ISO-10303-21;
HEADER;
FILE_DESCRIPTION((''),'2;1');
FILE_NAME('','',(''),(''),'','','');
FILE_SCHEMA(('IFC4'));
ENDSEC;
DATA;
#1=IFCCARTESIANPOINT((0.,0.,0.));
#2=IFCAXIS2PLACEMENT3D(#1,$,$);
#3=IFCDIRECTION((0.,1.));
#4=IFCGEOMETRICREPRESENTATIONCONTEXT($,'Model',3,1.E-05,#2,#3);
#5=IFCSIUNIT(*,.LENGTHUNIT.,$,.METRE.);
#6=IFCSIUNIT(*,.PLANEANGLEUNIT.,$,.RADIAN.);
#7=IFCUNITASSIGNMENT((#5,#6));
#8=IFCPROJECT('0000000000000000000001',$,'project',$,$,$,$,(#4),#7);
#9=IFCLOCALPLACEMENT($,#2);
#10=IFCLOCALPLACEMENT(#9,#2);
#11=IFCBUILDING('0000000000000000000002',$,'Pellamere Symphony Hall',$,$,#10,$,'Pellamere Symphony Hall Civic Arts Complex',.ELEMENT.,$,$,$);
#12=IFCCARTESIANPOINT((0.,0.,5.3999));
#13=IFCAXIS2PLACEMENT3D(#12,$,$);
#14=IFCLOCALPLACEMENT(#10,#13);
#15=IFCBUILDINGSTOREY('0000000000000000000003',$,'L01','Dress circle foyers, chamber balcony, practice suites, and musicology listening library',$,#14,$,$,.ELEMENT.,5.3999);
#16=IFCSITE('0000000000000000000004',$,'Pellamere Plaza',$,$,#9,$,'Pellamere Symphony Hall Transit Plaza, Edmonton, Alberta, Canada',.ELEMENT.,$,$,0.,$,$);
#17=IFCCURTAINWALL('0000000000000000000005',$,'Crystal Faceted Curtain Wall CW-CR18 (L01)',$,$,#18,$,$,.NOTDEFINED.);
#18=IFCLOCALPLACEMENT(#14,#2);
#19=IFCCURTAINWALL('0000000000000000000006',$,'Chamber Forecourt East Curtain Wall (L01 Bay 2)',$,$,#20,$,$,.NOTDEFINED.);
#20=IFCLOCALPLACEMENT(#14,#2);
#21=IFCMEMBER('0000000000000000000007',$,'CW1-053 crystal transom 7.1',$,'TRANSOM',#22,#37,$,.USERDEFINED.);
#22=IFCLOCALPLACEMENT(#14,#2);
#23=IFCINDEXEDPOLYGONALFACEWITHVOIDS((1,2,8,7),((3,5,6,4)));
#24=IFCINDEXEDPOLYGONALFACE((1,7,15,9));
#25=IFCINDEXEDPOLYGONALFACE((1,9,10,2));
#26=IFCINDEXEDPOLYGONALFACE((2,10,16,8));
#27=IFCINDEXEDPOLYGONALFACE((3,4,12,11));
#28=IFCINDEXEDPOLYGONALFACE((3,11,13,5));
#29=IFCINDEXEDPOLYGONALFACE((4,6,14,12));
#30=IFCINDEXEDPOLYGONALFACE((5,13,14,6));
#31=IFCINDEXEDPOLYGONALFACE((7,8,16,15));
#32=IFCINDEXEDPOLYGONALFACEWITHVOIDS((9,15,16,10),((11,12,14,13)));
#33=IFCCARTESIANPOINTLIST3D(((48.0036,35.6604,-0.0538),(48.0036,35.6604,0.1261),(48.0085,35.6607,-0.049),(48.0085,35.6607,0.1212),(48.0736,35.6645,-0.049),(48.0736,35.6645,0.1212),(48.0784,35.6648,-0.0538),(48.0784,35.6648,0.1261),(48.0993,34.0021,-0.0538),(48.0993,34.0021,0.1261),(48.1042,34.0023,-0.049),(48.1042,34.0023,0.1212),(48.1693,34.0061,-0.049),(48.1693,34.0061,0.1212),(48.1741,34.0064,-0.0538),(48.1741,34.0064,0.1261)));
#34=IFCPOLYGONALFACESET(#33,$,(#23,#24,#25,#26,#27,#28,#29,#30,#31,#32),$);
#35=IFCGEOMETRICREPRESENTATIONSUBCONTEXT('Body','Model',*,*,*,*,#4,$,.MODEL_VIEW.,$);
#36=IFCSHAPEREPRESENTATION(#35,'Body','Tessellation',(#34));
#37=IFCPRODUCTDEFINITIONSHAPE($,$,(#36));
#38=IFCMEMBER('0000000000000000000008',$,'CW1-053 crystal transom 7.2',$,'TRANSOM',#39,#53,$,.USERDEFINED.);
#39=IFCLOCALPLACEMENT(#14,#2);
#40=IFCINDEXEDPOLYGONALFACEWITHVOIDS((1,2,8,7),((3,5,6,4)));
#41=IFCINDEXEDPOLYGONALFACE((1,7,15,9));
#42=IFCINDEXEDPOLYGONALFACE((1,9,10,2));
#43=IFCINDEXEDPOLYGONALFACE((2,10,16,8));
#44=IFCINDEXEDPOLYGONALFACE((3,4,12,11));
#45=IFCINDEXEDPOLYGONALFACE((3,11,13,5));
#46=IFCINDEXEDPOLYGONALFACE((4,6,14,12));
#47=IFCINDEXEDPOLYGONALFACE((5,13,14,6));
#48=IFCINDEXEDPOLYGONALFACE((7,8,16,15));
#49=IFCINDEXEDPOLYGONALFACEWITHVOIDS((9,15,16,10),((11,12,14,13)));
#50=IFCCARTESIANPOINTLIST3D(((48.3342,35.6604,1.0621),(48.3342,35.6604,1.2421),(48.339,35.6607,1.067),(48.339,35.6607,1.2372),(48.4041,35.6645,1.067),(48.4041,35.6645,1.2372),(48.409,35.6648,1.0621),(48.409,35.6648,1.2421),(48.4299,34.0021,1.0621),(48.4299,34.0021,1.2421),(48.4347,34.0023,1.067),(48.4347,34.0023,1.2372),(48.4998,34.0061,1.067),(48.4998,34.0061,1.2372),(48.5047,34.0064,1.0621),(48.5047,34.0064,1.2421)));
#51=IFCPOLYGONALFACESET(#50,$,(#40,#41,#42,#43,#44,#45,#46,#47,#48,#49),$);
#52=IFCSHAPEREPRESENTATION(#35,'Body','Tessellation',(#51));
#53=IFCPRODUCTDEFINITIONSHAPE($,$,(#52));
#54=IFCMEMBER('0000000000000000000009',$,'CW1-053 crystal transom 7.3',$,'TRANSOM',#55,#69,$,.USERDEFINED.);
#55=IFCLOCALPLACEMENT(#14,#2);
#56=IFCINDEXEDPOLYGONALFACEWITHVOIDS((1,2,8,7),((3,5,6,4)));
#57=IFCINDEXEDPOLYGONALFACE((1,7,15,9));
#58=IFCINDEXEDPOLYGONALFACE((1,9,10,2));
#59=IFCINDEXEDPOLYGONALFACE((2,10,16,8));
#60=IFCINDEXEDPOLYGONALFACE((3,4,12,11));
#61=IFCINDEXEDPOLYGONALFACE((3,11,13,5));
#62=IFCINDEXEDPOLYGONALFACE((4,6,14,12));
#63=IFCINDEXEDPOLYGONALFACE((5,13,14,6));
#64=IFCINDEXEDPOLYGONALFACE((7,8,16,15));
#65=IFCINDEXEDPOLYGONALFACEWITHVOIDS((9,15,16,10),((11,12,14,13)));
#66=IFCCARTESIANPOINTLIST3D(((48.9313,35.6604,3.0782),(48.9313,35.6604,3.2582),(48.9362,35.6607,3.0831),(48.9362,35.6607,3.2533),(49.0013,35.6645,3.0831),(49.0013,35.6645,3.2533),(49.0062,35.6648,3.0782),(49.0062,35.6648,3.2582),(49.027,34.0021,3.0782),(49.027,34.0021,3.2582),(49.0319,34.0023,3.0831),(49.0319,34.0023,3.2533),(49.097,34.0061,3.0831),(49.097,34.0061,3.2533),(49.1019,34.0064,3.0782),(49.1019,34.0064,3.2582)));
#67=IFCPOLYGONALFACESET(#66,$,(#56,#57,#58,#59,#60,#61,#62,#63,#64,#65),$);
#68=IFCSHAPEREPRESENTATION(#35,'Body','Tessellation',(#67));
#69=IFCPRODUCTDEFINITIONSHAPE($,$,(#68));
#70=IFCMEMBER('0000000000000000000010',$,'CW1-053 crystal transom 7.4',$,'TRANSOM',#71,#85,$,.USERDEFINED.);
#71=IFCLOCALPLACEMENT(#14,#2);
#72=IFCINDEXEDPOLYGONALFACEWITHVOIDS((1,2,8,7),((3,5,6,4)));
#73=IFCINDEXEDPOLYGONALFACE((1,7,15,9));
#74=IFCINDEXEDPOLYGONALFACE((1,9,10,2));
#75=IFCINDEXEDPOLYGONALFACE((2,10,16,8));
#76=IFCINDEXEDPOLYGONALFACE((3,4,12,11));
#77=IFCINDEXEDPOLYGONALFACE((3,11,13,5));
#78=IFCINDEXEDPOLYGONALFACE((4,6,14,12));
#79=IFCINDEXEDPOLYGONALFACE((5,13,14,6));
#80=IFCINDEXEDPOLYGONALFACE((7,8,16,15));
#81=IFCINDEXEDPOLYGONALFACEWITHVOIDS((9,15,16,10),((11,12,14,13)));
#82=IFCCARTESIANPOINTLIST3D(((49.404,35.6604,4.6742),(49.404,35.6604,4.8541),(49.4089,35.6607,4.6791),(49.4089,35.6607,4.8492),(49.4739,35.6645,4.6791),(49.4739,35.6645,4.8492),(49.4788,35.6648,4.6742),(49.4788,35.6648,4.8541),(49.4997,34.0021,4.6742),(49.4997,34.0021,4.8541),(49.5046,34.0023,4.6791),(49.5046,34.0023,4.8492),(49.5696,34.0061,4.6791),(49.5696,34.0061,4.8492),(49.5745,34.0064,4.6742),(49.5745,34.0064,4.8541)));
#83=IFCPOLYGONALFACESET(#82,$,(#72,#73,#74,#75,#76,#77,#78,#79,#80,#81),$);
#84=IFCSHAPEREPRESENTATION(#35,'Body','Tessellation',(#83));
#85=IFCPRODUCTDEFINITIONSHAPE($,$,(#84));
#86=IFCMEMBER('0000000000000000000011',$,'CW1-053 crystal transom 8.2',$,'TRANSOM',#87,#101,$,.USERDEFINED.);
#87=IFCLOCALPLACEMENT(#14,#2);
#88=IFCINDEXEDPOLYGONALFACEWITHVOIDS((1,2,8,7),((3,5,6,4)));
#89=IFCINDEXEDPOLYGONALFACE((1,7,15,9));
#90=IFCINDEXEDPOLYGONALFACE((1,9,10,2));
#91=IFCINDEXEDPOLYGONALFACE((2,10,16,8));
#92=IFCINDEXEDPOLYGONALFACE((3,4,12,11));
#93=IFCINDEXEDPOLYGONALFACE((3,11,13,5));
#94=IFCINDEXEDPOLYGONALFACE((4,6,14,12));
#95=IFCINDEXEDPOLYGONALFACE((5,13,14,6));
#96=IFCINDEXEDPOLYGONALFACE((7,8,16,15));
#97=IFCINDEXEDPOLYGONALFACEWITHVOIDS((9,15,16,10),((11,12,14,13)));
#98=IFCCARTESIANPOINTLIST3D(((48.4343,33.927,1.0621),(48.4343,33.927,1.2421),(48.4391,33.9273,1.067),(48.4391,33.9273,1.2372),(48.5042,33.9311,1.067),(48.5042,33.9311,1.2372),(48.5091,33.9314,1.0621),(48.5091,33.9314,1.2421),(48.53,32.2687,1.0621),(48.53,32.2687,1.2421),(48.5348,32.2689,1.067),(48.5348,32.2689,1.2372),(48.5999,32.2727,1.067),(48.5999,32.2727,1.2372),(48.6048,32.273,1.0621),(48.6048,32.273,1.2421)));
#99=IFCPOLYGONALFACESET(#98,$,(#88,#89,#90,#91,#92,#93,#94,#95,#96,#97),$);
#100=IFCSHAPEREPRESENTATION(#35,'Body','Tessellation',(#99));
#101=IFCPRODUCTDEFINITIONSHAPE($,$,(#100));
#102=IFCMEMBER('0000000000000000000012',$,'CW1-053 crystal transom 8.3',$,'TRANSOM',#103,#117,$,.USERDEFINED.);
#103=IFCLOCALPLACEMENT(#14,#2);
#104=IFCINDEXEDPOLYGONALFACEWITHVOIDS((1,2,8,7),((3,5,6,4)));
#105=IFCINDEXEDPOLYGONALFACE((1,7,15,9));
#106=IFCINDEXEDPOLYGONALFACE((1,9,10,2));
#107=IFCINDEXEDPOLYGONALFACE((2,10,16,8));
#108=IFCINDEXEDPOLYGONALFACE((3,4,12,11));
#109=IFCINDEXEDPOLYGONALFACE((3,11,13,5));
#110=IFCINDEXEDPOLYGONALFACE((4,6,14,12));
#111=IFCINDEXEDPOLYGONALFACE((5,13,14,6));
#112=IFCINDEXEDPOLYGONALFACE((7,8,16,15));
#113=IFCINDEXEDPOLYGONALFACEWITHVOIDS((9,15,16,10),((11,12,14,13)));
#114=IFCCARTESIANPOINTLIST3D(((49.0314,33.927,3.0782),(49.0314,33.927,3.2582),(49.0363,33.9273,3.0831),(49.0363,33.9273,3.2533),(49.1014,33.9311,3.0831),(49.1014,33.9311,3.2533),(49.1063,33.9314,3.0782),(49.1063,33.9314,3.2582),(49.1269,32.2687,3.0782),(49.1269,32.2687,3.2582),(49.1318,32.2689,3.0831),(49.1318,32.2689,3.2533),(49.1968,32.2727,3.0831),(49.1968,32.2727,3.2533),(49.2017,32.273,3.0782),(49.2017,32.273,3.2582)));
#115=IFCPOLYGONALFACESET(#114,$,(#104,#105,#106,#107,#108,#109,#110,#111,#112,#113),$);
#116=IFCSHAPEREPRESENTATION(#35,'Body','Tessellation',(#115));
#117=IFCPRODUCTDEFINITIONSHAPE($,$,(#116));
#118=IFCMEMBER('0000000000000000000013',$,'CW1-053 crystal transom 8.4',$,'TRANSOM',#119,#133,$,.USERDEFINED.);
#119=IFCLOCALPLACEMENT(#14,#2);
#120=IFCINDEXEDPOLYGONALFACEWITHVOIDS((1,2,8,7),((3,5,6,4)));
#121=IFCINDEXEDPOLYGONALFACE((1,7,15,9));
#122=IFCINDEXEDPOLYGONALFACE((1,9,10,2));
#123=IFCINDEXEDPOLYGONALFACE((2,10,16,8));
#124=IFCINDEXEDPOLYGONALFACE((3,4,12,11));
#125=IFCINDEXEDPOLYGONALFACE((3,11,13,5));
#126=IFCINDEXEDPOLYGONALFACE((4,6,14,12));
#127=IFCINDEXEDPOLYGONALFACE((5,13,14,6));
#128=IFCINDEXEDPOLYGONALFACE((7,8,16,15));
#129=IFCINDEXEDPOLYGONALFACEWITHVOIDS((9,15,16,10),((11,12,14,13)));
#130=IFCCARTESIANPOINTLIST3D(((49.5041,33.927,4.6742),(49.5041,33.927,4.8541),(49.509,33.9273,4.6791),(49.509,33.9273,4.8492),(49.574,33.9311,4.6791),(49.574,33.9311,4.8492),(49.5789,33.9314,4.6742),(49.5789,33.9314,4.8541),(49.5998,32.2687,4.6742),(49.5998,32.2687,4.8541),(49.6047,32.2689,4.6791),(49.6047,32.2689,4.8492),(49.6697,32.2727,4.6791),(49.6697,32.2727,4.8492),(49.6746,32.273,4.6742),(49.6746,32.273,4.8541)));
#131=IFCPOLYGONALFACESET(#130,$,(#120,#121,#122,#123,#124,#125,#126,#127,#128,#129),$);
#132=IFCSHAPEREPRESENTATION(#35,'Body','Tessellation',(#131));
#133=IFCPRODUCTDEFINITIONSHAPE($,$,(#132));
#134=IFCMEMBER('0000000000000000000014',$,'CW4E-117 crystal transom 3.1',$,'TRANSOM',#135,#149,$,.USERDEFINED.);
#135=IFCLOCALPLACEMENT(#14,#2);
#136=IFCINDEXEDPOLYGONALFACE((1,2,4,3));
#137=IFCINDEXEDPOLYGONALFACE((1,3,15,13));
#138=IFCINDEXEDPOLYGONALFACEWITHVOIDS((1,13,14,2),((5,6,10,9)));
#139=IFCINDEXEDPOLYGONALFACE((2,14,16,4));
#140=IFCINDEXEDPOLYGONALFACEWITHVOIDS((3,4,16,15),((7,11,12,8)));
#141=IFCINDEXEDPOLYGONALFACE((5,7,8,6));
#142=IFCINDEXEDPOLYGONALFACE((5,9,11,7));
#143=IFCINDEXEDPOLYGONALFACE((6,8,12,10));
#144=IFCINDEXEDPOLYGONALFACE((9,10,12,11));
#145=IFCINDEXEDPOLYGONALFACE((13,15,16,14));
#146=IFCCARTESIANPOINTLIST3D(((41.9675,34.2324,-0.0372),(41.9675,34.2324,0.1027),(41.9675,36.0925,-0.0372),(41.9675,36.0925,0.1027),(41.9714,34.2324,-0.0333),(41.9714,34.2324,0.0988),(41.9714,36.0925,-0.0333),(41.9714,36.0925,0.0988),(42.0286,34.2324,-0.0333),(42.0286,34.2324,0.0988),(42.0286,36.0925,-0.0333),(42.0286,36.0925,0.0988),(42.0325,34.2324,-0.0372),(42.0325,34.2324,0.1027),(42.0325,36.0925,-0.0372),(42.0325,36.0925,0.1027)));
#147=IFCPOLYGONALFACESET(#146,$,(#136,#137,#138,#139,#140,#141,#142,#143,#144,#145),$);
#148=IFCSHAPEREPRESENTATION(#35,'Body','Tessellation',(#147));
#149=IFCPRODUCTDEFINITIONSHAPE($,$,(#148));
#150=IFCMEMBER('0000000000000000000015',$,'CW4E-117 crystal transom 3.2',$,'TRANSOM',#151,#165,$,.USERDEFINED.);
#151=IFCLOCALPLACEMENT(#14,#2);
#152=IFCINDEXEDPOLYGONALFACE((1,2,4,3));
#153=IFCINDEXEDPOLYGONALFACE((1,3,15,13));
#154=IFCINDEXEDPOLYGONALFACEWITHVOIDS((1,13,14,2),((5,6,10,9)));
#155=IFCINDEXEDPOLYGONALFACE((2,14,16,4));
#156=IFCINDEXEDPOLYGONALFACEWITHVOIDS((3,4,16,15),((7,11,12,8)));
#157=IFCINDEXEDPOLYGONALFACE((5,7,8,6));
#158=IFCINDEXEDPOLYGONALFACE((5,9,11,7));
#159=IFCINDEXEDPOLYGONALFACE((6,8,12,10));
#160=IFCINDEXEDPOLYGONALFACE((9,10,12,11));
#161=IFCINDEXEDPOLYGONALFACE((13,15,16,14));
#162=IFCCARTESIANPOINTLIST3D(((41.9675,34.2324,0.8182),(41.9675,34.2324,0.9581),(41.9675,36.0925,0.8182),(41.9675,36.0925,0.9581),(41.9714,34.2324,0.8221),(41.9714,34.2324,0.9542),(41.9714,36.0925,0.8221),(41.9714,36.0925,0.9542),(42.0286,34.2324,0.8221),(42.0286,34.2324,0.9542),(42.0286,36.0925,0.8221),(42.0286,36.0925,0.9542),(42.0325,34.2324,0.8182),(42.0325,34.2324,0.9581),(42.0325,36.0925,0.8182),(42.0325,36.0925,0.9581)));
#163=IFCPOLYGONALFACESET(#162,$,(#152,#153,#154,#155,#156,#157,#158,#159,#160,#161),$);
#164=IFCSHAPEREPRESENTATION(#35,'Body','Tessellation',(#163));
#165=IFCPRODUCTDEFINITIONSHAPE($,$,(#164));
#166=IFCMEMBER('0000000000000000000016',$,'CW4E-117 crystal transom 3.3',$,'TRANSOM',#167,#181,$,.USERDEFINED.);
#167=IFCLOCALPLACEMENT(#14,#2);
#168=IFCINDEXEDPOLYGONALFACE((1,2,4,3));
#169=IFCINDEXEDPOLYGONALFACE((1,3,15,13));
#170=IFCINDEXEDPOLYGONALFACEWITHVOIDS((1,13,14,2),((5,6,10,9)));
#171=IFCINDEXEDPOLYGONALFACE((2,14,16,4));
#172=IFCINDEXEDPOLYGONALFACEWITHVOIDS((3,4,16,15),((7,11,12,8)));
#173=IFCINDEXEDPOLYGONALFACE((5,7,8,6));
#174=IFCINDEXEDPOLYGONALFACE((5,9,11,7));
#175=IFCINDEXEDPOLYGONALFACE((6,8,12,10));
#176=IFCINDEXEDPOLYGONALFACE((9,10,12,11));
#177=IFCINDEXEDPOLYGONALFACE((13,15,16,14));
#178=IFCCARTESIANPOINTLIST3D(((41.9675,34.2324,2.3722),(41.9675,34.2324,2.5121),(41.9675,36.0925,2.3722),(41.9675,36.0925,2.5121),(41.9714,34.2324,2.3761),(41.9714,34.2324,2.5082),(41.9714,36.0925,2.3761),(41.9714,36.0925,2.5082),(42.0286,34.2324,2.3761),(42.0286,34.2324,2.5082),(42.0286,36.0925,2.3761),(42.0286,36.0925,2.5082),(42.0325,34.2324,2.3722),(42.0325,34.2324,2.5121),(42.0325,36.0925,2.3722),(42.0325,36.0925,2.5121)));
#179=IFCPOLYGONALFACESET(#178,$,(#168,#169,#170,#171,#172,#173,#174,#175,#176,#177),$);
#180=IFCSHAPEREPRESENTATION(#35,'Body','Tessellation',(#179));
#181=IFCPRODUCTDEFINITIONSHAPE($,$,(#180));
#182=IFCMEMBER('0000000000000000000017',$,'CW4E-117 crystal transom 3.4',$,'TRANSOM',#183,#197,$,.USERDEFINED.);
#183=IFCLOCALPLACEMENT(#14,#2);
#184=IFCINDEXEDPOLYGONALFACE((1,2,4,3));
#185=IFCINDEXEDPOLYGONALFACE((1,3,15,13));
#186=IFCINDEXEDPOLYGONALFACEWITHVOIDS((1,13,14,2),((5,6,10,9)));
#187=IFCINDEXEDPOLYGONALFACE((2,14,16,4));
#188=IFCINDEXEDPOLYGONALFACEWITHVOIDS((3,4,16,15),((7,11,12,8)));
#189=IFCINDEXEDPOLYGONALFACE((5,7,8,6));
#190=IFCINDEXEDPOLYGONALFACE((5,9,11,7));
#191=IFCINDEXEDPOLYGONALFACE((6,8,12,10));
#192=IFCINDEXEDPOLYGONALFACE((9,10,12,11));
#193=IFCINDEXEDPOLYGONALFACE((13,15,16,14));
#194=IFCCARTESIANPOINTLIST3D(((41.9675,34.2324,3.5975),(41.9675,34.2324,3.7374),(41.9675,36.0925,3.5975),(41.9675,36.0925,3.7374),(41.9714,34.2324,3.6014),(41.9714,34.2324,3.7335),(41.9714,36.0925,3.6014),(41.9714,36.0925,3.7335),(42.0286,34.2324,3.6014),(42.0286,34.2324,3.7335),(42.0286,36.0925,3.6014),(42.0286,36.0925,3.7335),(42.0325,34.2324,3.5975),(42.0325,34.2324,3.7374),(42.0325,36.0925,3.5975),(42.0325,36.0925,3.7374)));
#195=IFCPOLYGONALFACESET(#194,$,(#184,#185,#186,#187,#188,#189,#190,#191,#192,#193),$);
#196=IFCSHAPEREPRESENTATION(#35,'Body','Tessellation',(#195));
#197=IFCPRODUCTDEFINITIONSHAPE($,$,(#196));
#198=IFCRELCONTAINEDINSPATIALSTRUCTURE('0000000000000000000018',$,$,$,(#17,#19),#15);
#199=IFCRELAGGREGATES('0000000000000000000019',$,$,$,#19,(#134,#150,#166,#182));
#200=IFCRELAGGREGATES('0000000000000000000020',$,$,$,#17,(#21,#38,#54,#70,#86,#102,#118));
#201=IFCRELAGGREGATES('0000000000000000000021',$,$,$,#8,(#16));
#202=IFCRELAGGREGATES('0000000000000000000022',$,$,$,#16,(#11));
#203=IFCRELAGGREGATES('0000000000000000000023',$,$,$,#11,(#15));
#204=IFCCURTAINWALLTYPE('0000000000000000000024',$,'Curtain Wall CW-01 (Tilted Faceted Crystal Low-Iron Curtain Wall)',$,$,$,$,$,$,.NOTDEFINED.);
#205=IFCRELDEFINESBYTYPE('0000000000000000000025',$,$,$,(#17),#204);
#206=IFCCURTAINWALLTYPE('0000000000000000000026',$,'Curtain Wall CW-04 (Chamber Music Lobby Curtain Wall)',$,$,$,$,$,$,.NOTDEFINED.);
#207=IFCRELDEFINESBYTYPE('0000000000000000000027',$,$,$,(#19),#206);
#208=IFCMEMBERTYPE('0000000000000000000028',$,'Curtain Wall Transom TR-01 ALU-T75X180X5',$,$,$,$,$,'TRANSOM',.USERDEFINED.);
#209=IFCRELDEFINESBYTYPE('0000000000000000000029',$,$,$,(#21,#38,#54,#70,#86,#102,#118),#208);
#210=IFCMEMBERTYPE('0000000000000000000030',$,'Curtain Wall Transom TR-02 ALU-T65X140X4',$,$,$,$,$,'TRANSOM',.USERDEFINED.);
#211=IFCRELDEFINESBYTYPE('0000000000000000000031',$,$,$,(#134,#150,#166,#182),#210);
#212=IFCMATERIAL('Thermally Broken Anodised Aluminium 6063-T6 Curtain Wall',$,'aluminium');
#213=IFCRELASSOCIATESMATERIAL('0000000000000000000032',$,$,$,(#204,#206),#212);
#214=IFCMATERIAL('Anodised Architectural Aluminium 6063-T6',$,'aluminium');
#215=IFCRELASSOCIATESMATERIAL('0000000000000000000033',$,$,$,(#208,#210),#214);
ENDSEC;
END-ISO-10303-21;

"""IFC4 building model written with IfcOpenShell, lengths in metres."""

from ifc_helpers import new_model, si_unit, direction, frame, origin, origin_2d, place, context, subcontext, project, spatial, hollow_rectangle, extrude, material, material_profile, profile_set, type_object, element, aggregate, save


model = new_model("IFC4")

# Units and contexts
model_context = context("Model", 3, precision=1e-05, world=origin(), true_north=direction((0.0, 1.0)))
body_context = subcontext(model_context, "Body", "Model", "MODEL_VIEW")
ifc_project = project(units=[si_unit("LENGTHUNIT", "METRE"), si_unit("PLANEANGLEUNIT", "RADIAN")], contexts=[model_context])

# Site, building, storey
site_placement = place(None, origin())
site = spatial("IfcSite", under=ifc_project, at=site_placement, Name="Pellamere Plaza", LongName="Pellamere Symphony Hall Transit Plaza, Edmonton, Alberta, Canada", CompositionType="ELEMENT", RefElevation=0.0)
building_placement = place(site_placement, origin())
building = spatial("IfcBuilding", under=site, at=building_placement, Name="Pellamere Symphony Hall", LongName="Pellamere Symphony Hall Civic Arts Complex", CompositionType="ELEMENT")
storey_placement = place(building_placement, frame((0.0, 0.0, 5.3999)))
storey = spatial("IfcBuildingStorey", under=building, at=storey_placement, Name="L01", Description="Dress circle foyers, chamber balcony, practice suites, and musicology listening library", CompositionType="ELEMENT", Elevation=5.3999)

# Curtain walls
ifc_material_1 = material(Name="Thermally Broken Anodised Aluminium 6063-T6 Curtain Wall", Category="aluminium")
curtain_wall_type_1 = type_object("IfcCurtainWallType", Name="Curtain Wall CW-01 (Tilted Faceted Crystal Low-Iron Curtain Wall)", PredefinedType="NOTDEFINED", material=ifc_material_1)
curtain_wall_1_placement = place(storey_placement, origin())
curtain_wall_1 = element("IfcCurtainWall", 1, at=curtain_wall_1_placement, inside=storey, type_object=curtain_wall_type_1, Name="Crystal Faceted Curtain Wall CW-CR18 (L01)", PredefinedType="NOTDEFINED")
ifc_material_2 = material(Name="Anodised Architectural Aluminium 6063-T6", Category="aluminium")
curtain_wall_type_2 = type_object("IfcCurtainWallType", Name="Curtain Wall CW-04 (Chamber Music Lobby Curtain Wall)", PredefinedType="NOTDEFINED", material=ifc_material_1)
curtain_wall_2_placement = place(storey_placement, origin())
curtain_wall_2 = element("IfcCurtainWall", 2, at=curtain_wall_2_placement, inside=storey, type_object=curtain_wall_type_2, Name="Chamber Forecourt East Curtain Wall (L01 Bay 2)", PredefinedType="NOTDEFINED")

# Members
ifc_material_profile_1 = material_profile(ifc_material_2, hollow_rectangle(XDim=0.075, YDim=0.1799, WallThickness=0.0049, at=origin_2d()), Name="ALU-T75X180X5")
ifc_profile_set_1 = profile_set([ifc_material_profile_1], Name="Anodised Architectural Aluminium 6063-T6")
member_type_1 = type_object("IfcMemberType", Name="Curtain Wall Transom TR-01 ALU-T75X180X5", ElementType="TRANSOM", PredefinedType="USERDEFINED", material=ifc_profile_set_1)
member_1_placement = place(storey_placement, frame((48.041, 35.6626, 0.0361), z_axis=(0.057611, -0.998339, 0.0), x_axis=(0.998339, 0.057611, 0.0)))
member_1 = element("IfcMember", 3, at=member_1_placement, type_object=member_type_1, Name="CW1-053 crystal transom 7.1", ObjectType="TRANSOM", PredefinedType="USERDEFINED", context=body_context, shape_type="SweptSolid", body=[
    extrude(hollow_rectangle(XDim=0.075, YDim=0.1799, WallThickness=0.0049, at=origin_2d()), origin(), (0.0, 0.0, 1.0), 1.6611),
])
member_2_placement = place(storey_placement, frame((48.3716, 35.6626, 1.1521), z_axis=(0.057611, -0.998339, 0.0), x_axis=(0.998339, 0.057611, 0.0)))
member_2 = element("IfcMember", 4, at=member_2_placement, type_object=member_type_1, Name="CW1-053 crystal transom 7.2", ObjectType="TRANSOM", PredefinedType="USERDEFINED", context=body_context, shape_type="SweptSolid", body=[
    extrude(hollow_rectangle(XDim=0.075, YDim=0.1799, WallThickness=0.0049, at=origin_2d()), origin(), (0.0, 0.0, 1.0), 1.6611),
])
member_3_placement = place(storey_placement, frame((48.9688, 35.6626, 3.1682), z_axis=(0.057611, -0.998339, 0.0), x_axis=(0.998339, 0.057611, 0.0)))
member_3 = element("IfcMember", 5, at=member_3_placement, type_object=member_type_1, Name="CW1-053 crystal transom 7.3", ObjectType="TRANSOM", PredefinedType="USERDEFINED", context=body_context, shape_type="SweptSolid", body=[
    extrude(hollow_rectangle(XDim=0.075, YDim=0.1799, WallThickness=0.0049, at=origin_2d()), origin(), (0.0, 0.0, 1.0), 1.6611),
])
member_4_placement = place(storey_placement, frame((49.4414, 35.6626, 4.7642), z_axis=(0.057611, -0.998339, 0.0), x_axis=(0.998339, 0.057611, 0.0)))
member_4 = element("IfcMember", 6, at=member_4_placement, type_object=member_type_1, Name="CW1-053 crystal transom 7.4", ObjectType="TRANSOM", PredefinedType="USERDEFINED", context=body_context, shape_type="SweptSolid", body=[
    extrude(hollow_rectangle(XDim=0.075, YDim=0.1799, WallThickness=0.0049, at=origin_2d()), origin(), (0.0, 0.0, 1.0), 1.6611),
])
member_5_placement = place(storey_placement, frame((48.4717, 33.9292, 1.1521), z_axis=(0.057611, -0.998339, 0.0), x_axis=(0.998339, 0.057611, 0.0)))
member_5 = element("IfcMember", 7, at=member_5_placement, type_object=member_type_1, Name="CW1-053 crystal transom 8.2", ObjectType="TRANSOM", PredefinedType="USERDEFINED", context=body_context, shape_type="SweptSolid", body=[
    extrude(hollow_rectangle(XDim=0.075, YDim=0.1799, WallThickness=0.0049, at=origin_2d()), origin(), (0.0, 0.0, 1.0), 1.6611),
])
member_6_placement = place(storey_placement, frame((49.0688, 33.9292, 3.1682), z_axis=(0.057464, -0.998348, 0.0), x_axis=(0.998348, 0.057464, 0.0)))
member_6 = element("IfcMember", 8, at=member_6_placement, type_object=member_type_1, Name="CW1-053 crystal transom 8.3", ObjectType="TRANSOM", PredefinedType="USERDEFINED", context=body_context, shape_type="SweptSolid", body=[
    extrude(hollow_rectangle(XDim=0.075, YDim=0.1799, WallThickness=0.0049, at=origin_2d()), origin(), (0.0, 0.0, 1.0), 1.6611),
])
member_7_placement = place(storey_placement, frame((49.5415, 33.9292, 4.7642), z_axis=(0.057611, -0.998339, 0.0), x_axis=(0.998339, 0.057611, 0.0)))
member_7 = element("IfcMember", 9, at=member_7_placement, type_object=member_type_1, Name="CW1-053 crystal transom 8.4", ObjectType="TRANSOM", PredefinedType="USERDEFINED", context=body_context, shape_type="SweptSolid", body=[
    extrude(hollow_rectangle(XDim=0.075, YDim=0.1799, WallThickness=0.0049, at=origin_2d()), origin(), (0.0, 0.0, 1.0), 1.6611),
])
ifc_material_profile_2 = material_profile(ifc_material_2, hollow_rectangle(XDim=0.0649, YDim=0.1399, WallThickness=0.0039, at=origin_2d()), Name="ALU-T65X140X4")
ifc_profile_set_2 = profile_set([ifc_material_profile_2], Name="Anodised Architectural Aluminium 6063-T6")
member_type_2 = type_object("IfcMemberType", Name="Curtain Wall Transom TR-02 ALU-T65X140X4", ElementType="TRANSOM", PredefinedType="USERDEFINED", material=ifc_profile_set_2)
member_8_placement = place(storey_placement, frame((42.0, 34.2324, 0.0327), z_axis=(0.0, 1.0, 0.0), x_axis=(-1.0, 0.0, 0.0)))
member_8 = element("IfcMember", 10, at=member_8_placement, type_object=member_type_2, Name="CW4E-117 crystal transom 3.1", ObjectType="TRANSOM", PredefinedType="USERDEFINED", context=body_context, shape_type="SweptSolid", body=[
    extrude(hollow_rectangle(XDim=0.0649, YDim=0.1399, WallThickness=0.0039, at=origin_2d()), origin(), (0.0, 0.0, 1.0), 1.8601),
])
member_9_placement = place(storey_placement, frame((42.0, 34.2324, 0.8882), z_axis=(0.0, 1.0, 0.0), x_axis=(-1.0, 0.0, 0.0)))
member_9 = element("IfcMember", 11, at=member_9_placement, type_object=member_type_2, Name="CW4E-117 crystal transom 3.2", ObjectType="TRANSOM", PredefinedType="USERDEFINED", context=body_context, shape_type="SweptSolid", body=[
    extrude(hollow_rectangle(XDim=0.0649, YDim=0.1399, WallThickness=0.0039, at=origin_2d()), origin(), (0.0, 0.0, 1.0), 1.8601),
])
member_10_placement = place(storey_placement, frame((42.0, 34.2324, 2.4421), z_axis=(0.0, 1.0, 0.0), x_axis=(-1.0, 0.0, 0.0)))
member_10 = element("IfcMember", 12, at=member_10_placement, type_object=member_type_2, Name="CW4E-117 crystal transom 3.3", ObjectType="TRANSOM", PredefinedType="USERDEFINED", context=body_context, shape_type="SweptSolid", body=[
    extrude(hollow_rectangle(XDim=0.0649, YDim=0.1399, WallThickness=0.0039, at=origin_2d()), origin(), (0.0, 0.0, 1.0), 1.8601),
])
member_11_placement = place(storey_placement, frame((42.0, 34.2324, 3.6675), z_axis=(0.0, 1.0, 0.0), x_axis=(-1.0, 0.0, 0.0)))
member_11 = element("IfcMember", 13, at=member_11_placement, type_object=member_type_2, Name="CW4E-117 crystal transom 3.4", ObjectType="TRANSOM", PredefinedType="USERDEFINED", context=body_context, shape_type="SweptSolid", body=[
    extrude(hollow_rectangle(XDim=0.0649, YDim=0.1399, WallThickness=0.0039, at=origin_2d()), origin(), (0.0, 0.0, 1.0), 1.8601),
])

aggregate(curtain_wall_2, [member_8, member_9, member_10, member_11])
aggregate(curtain_wall_1, [member_1, member_2, member_3, member_4, member_5, member_6, member_7])

save(model, "model.ifc")
